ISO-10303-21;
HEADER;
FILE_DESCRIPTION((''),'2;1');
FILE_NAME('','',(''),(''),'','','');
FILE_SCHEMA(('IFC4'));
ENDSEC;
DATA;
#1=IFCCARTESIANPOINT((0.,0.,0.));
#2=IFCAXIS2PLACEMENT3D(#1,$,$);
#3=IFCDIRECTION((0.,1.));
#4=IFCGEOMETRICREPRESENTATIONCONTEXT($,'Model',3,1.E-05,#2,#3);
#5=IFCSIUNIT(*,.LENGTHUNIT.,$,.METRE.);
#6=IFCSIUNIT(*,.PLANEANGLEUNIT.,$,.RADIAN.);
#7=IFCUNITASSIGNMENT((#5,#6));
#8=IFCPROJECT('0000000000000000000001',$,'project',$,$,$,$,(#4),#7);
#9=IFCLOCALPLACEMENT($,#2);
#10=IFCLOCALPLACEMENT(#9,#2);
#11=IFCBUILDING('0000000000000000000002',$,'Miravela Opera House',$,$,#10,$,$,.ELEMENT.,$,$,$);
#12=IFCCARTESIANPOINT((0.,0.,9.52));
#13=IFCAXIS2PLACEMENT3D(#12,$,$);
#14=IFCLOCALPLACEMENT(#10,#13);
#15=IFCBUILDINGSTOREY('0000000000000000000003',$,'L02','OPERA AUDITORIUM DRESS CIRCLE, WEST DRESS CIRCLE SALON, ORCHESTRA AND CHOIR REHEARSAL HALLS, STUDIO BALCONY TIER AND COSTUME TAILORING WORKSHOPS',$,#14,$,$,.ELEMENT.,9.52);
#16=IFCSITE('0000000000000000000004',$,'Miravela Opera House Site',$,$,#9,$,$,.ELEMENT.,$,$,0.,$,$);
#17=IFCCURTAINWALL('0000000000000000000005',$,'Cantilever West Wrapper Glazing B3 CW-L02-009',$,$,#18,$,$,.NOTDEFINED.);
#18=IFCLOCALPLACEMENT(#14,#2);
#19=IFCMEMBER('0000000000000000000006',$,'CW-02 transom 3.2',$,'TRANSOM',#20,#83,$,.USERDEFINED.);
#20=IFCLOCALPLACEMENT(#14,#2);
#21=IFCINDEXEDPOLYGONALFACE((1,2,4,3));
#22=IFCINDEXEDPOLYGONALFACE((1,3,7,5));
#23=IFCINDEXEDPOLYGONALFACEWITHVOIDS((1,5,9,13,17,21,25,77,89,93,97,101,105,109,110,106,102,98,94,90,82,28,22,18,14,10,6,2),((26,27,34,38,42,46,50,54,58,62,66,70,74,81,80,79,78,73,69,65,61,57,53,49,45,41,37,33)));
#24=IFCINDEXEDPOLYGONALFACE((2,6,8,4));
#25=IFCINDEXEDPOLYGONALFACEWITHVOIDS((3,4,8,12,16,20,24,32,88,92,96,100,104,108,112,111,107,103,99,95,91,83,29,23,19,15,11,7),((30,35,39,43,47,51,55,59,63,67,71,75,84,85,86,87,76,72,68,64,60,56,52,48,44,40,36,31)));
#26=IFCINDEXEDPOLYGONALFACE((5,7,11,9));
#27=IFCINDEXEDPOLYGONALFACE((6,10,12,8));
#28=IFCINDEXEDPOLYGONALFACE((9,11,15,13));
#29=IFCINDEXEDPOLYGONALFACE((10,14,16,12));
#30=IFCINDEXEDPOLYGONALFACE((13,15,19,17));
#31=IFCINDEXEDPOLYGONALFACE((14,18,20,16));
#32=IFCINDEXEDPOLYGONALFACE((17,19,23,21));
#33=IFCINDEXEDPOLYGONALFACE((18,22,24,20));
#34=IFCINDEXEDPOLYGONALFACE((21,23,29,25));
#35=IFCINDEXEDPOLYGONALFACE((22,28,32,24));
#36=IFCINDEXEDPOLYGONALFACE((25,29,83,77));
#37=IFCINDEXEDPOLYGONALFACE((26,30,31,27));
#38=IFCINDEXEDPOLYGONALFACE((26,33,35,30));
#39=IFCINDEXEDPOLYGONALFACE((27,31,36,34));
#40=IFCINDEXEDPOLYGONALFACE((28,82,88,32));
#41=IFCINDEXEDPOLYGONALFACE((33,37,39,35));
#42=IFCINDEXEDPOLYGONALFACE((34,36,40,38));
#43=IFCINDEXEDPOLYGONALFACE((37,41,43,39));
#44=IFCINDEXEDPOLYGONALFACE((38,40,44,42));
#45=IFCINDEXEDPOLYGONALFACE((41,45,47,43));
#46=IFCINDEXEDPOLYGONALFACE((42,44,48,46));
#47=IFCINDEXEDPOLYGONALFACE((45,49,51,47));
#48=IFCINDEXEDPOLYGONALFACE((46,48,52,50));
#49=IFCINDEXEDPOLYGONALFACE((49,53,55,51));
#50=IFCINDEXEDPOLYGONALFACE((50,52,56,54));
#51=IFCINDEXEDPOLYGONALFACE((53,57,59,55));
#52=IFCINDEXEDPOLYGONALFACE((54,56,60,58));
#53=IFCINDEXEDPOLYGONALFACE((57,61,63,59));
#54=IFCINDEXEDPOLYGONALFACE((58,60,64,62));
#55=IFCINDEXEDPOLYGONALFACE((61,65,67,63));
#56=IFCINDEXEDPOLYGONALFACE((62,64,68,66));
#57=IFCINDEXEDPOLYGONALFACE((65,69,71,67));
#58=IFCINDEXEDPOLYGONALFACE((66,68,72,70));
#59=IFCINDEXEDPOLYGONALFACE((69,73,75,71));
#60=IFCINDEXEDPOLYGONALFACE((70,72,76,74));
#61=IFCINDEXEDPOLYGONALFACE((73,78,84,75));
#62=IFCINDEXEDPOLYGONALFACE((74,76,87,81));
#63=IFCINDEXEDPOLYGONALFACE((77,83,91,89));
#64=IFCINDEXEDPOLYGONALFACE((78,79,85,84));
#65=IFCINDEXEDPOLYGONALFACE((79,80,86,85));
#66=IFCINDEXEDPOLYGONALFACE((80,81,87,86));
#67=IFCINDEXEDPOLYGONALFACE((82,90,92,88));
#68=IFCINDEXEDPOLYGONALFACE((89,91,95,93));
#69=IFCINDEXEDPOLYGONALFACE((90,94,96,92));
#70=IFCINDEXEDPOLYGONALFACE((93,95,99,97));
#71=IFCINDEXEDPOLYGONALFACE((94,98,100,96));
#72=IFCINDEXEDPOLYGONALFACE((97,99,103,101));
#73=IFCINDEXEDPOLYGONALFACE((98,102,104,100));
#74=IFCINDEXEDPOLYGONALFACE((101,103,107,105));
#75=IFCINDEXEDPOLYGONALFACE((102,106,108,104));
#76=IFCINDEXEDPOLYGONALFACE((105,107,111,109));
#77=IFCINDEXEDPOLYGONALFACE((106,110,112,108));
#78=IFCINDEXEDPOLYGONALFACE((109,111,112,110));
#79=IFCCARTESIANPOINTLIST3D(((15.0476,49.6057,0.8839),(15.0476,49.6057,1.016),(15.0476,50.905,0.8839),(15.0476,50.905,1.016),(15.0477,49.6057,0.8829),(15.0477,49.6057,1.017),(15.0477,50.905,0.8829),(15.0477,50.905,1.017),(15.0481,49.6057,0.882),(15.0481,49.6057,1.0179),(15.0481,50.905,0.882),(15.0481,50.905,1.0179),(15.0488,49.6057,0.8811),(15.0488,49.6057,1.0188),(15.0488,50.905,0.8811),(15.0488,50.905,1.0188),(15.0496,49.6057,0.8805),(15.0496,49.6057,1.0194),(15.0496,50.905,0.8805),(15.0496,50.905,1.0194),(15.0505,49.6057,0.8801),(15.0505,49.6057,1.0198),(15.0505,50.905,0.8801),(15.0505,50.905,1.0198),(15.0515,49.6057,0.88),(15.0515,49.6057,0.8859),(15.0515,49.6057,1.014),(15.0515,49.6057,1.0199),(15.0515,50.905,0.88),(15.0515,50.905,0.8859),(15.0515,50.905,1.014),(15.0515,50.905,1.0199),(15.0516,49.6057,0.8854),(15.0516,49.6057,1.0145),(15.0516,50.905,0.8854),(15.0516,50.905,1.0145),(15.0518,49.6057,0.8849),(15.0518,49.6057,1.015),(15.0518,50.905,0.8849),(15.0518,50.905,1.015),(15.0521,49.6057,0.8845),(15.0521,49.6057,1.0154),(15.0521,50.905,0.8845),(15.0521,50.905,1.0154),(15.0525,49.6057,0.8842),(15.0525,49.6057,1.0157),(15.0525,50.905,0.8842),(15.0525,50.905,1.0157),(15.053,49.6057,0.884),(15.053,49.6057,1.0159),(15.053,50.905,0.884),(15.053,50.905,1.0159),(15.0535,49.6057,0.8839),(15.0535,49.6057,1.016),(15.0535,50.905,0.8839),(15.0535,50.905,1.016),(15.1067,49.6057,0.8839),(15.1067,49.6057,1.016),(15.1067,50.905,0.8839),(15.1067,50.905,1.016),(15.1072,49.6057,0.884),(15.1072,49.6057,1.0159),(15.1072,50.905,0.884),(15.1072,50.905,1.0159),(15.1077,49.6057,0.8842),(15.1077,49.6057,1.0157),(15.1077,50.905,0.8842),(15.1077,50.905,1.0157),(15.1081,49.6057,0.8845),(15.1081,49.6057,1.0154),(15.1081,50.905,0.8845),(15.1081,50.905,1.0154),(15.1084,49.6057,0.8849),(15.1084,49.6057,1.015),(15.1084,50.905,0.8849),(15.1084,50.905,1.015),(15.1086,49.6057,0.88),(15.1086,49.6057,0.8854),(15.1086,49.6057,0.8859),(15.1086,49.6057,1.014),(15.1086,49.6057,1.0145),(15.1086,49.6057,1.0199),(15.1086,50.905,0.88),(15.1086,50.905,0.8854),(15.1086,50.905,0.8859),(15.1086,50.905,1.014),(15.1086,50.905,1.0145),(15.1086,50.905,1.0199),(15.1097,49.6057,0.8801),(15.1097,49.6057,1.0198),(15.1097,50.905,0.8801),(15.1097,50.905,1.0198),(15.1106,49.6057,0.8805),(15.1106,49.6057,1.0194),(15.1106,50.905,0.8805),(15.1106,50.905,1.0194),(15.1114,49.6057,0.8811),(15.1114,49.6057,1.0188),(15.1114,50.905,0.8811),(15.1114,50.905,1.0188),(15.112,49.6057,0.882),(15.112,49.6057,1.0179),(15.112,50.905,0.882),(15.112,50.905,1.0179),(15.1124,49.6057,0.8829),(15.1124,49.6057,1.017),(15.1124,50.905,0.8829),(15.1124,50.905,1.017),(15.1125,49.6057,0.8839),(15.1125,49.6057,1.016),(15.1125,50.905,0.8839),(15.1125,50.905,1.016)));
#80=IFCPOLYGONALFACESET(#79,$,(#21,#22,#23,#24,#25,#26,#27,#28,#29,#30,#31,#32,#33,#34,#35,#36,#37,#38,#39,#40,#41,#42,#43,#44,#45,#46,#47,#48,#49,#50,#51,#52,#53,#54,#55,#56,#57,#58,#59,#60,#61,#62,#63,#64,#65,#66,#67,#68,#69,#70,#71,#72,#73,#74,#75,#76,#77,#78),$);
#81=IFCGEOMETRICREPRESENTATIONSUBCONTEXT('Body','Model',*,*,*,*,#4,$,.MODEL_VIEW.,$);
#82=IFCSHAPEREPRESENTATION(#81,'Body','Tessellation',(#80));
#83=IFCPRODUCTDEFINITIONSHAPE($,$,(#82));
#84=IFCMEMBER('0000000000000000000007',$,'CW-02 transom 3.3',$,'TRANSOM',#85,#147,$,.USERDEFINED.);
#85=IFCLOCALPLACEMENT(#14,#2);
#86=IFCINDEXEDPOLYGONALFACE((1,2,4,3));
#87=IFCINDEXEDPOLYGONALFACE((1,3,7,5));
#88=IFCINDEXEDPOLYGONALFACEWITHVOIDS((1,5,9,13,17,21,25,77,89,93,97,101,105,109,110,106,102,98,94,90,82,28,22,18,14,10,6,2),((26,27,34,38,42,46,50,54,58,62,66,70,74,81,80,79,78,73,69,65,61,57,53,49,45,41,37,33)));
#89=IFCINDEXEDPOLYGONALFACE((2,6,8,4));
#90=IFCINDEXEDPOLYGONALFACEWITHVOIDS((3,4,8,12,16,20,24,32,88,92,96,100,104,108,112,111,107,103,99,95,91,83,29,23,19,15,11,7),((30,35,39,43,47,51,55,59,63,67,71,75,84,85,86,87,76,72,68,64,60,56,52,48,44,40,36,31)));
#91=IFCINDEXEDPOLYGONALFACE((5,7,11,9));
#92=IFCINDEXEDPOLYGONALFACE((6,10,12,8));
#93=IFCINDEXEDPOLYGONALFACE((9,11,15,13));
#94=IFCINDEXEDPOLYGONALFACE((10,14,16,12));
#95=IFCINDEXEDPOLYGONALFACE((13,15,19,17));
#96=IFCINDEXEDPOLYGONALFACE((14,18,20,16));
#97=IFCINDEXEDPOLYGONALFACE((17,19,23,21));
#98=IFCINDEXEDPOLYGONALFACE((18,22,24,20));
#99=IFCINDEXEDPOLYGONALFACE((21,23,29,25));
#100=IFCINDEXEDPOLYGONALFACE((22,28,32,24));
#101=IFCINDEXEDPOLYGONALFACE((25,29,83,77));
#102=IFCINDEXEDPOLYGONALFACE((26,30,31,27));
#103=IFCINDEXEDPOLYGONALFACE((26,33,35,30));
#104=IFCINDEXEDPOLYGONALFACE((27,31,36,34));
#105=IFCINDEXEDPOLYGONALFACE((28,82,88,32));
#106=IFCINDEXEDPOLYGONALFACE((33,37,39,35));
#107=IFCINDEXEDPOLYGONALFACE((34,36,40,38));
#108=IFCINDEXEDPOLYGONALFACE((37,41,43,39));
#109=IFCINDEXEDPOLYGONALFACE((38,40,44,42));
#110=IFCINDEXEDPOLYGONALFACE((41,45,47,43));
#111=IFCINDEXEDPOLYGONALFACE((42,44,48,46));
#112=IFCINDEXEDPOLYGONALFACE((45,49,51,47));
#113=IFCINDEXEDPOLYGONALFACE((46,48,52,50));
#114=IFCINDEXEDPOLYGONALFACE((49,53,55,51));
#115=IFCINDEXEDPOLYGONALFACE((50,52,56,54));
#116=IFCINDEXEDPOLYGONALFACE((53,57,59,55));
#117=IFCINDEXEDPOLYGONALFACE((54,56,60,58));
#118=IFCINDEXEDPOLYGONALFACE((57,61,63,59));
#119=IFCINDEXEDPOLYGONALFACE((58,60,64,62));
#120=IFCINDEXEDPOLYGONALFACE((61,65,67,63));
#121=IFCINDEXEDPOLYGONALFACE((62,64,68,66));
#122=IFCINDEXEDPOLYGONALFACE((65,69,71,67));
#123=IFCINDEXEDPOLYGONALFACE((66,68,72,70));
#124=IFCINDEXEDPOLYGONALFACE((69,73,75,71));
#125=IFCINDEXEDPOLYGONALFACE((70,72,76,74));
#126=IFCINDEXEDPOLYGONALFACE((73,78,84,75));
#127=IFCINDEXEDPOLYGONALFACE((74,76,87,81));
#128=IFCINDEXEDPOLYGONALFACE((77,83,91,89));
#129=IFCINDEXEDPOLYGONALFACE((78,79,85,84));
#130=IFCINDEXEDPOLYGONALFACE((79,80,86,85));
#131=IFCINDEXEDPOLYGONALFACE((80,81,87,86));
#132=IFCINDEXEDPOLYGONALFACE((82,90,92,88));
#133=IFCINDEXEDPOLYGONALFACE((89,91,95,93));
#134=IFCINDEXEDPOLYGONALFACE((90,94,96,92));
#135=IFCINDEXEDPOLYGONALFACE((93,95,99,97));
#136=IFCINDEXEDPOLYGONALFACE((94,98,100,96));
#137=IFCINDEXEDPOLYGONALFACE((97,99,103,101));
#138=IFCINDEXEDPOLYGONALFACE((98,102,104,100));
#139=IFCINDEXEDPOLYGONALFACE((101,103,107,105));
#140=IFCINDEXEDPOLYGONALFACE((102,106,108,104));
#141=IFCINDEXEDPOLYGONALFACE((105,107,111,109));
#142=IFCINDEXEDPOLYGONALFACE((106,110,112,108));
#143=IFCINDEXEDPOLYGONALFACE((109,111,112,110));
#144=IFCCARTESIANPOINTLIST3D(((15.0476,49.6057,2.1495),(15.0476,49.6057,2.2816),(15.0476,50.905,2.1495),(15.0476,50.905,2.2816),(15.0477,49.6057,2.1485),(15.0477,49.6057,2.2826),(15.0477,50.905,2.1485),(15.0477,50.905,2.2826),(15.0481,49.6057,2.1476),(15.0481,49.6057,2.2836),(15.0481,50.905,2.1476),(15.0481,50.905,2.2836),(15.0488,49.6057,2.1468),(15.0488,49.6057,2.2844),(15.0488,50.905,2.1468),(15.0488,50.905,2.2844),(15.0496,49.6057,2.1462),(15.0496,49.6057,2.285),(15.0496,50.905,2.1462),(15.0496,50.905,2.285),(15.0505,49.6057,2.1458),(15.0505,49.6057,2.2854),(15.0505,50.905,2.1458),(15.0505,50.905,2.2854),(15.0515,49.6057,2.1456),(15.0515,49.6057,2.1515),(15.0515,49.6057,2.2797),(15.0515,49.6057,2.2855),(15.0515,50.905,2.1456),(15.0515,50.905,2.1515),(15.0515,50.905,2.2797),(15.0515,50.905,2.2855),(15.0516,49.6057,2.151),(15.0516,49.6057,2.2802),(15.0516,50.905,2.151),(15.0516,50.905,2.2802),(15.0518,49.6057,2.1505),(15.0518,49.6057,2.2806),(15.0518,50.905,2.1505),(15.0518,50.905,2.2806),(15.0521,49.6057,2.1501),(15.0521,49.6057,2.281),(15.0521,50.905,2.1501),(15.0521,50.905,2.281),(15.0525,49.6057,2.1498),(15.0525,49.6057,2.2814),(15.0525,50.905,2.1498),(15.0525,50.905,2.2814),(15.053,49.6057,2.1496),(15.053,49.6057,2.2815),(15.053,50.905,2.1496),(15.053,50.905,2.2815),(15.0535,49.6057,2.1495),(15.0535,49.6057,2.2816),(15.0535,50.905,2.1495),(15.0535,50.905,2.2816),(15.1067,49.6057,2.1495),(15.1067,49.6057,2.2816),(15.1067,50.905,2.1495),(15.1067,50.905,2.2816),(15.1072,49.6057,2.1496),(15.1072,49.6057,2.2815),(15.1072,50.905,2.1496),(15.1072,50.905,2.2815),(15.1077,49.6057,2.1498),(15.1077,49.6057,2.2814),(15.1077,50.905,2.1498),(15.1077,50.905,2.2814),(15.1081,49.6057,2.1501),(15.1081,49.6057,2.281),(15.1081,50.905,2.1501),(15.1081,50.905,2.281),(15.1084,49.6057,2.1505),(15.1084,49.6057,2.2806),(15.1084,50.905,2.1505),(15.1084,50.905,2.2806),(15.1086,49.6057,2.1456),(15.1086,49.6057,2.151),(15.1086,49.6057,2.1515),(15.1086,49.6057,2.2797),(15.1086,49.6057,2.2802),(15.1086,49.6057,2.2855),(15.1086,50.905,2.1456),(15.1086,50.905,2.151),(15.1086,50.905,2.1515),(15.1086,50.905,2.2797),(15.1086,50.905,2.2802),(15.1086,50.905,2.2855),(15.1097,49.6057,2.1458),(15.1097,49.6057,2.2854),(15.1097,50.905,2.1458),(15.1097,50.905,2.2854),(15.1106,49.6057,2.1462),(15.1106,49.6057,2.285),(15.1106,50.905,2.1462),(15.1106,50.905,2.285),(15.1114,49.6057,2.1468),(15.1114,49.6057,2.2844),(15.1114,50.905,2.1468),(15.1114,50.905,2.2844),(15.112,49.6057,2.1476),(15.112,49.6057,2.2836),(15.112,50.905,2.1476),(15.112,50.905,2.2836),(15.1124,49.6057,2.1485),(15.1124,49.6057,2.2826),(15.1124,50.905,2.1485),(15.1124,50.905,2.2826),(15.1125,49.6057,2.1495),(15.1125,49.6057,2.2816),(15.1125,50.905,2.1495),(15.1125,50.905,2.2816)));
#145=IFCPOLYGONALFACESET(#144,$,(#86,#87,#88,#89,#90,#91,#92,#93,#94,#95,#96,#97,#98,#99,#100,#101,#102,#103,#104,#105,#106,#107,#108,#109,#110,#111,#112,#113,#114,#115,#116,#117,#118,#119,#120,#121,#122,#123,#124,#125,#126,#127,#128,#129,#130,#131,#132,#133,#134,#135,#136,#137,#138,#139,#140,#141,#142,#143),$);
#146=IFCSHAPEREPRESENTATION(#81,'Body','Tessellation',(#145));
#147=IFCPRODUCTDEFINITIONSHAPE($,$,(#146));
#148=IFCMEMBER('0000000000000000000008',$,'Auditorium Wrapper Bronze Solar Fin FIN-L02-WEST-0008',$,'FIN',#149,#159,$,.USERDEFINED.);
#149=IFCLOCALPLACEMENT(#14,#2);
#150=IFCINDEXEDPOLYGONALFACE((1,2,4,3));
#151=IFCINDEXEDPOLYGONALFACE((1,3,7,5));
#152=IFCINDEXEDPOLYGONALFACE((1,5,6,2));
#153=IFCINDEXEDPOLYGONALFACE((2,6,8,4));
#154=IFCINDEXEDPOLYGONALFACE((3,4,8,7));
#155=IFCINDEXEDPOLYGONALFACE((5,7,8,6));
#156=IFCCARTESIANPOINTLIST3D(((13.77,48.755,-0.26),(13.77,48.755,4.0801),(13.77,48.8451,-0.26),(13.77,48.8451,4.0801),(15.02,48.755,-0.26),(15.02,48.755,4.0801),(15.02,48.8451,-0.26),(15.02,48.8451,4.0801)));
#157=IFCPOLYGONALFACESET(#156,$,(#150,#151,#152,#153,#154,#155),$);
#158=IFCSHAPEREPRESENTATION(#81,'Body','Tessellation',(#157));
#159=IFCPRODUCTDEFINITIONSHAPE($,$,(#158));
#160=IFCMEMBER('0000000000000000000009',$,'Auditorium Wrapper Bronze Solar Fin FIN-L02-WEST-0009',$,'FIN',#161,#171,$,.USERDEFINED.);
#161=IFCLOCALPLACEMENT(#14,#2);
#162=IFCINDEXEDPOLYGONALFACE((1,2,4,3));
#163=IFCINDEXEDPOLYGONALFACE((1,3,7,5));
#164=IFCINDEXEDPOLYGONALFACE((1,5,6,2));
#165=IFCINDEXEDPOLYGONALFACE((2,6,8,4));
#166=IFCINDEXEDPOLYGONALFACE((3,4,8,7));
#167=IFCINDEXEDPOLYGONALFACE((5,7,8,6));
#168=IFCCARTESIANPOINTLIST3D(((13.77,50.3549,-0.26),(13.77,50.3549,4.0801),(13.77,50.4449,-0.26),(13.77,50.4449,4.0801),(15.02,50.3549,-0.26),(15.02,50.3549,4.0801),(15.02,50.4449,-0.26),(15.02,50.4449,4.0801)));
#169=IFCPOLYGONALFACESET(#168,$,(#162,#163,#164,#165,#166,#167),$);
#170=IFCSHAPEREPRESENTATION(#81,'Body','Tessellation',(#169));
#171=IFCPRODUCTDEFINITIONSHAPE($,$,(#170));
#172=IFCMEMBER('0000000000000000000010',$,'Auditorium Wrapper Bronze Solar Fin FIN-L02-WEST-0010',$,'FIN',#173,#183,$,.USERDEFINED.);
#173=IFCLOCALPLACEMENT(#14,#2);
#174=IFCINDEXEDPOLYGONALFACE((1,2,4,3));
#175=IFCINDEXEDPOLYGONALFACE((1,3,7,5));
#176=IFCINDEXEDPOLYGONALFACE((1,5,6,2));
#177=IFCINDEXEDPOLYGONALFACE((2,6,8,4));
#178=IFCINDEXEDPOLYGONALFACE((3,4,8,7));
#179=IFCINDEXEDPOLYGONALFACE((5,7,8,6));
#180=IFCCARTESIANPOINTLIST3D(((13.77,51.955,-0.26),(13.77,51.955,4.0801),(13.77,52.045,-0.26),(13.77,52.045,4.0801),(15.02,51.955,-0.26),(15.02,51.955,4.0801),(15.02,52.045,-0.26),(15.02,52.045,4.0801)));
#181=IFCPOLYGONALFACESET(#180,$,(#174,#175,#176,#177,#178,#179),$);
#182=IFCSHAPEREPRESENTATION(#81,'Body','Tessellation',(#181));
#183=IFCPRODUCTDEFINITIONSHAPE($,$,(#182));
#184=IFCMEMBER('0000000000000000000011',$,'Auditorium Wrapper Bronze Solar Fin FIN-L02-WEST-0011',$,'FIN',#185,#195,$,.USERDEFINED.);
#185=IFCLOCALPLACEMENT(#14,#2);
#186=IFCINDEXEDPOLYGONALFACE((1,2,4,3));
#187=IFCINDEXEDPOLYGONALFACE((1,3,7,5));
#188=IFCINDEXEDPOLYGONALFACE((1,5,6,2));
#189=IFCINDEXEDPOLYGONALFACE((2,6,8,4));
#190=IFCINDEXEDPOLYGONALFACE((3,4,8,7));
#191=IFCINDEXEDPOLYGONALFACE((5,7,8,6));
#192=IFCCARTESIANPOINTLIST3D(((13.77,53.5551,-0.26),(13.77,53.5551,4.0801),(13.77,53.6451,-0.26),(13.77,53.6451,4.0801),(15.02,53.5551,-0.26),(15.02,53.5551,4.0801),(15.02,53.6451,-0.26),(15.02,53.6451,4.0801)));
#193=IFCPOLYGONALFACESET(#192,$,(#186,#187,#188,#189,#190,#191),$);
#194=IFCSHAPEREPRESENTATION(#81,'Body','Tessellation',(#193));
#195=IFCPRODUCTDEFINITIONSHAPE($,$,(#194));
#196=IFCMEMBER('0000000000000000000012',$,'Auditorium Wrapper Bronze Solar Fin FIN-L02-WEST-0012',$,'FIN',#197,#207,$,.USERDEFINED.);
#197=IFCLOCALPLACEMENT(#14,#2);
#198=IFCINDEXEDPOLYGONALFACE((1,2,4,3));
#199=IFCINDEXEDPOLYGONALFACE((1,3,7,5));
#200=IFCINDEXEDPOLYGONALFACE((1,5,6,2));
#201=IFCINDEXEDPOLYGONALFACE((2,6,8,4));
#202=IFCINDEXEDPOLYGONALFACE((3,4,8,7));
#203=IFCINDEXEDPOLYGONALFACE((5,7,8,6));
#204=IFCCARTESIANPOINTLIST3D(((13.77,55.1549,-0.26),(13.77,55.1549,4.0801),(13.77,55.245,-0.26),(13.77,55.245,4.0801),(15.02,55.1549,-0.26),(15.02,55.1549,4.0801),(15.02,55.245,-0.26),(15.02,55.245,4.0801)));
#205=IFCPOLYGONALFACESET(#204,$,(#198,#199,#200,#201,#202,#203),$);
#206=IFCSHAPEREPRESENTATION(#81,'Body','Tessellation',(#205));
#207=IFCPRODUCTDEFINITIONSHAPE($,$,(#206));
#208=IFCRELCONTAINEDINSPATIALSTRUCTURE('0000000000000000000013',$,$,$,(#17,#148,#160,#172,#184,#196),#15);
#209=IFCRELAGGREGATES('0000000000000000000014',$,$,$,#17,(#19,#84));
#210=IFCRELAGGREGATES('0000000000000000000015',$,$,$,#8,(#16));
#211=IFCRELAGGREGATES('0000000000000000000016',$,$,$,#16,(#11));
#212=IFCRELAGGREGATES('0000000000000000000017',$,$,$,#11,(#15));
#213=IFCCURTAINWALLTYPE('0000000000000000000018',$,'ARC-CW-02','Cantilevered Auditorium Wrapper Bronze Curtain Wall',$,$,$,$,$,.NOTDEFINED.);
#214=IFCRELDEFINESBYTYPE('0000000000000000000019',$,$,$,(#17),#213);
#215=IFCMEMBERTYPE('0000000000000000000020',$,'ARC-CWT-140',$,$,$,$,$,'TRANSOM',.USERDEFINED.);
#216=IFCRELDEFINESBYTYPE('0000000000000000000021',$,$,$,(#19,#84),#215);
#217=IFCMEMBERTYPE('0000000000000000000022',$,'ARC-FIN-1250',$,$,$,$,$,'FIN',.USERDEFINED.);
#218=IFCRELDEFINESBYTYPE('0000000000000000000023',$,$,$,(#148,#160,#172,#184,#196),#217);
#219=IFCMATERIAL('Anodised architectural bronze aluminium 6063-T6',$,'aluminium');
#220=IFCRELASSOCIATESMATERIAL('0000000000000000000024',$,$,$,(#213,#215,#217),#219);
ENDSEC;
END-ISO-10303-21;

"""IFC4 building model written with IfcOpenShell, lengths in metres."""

from ifc_helpers import new_model, si_unit, direction, frame, origin, origin_2d, place, context, subcontext, project, spatial, rectangle, hollow_rectangle, extrude, material, material_profile, profile_set, type_object, element, aggregate, save


model = new_model("IFC4")

# Units and contexts
model_context = context("Model", 3, precision=1e-05, world=origin(), true_north=direction((0.0, 1.0)))
body_context = subcontext(model_context, "Body", "Model", "MODEL_VIEW")
ifc_project = project(units=[si_unit("LENGTHUNIT", "METRE"), si_unit("PLANEANGLEUNIT", "RADIAN")], contexts=[model_context])

# Site, building, storey
site_placement = place(None, origin())
site = spatial("IfcSite", under=ifc_project, at=site_placement, Name="Miravela Opera House Site", CompositionType="ELEMENT", RefElevation=0.0)
building_placement = place(site_placement, origin())
building = spatial("IfcBuilding", under=site, at=building_placement, Name="Miravela Opera House", CompositionType="ELEMENT")
storey_placement = place(building_placement, frame((0.0, 0.0, 9.52)))
storey = spatial("IfcBuildingStorey", under=building, at=storey_placement, Name="L02", Description="OPERA AUDITORIUM DRESS CIRCLE, WEST DRESS CIRCLE SALON, ORCHESTRA AND CHOIR REHEARSAL HALLS, STUDIO BALCONY TIER AND COSTUME TAILORING WORKSHOPS", CompositionType="ELEMENT", Elevation=9.52)

# Curtain wall, members
ifc_material_1 = material(Name="Anodised architectural bronze aluminium 6063-T6", Category="aluminium")
curtain_wall_type = type_object("IfcCurtainWallType", Name="ARC-CW-02", Description="Cantilevered Auditorium Wrapper Bronze Curtain Wall", PredefinedType="NOTDEFINED", material=ifc_material_1)
curtain_wall_placement = place(storey_placement, origin())
curtain_wall = element("IfcCurtainWall", 1, at=curtain_wall_placement, inside=storey, type_object=curtain_wall_type, Name="Cantilever West Wrapper Glazing B3 CW-L02-009", PredefinedType="NOTDEFINED")
ifc_material_profile_1 = material_profile(ifc_material_1, hollow_rectangle(XDim=0.0649, YDim=0.1399, WallThickness=0.0039, InnerFilletRadius=0.002, OuterFilletRadius=0.0039, at=origin_2d()), Name="CWT-65X140")
ifc_profile_set_1 = profile_set([ifc_material_profile_1])
member_type_1 = type_object("IfcMemberType", Name="ARC-CWT-140", ElementType="TRANSOM", PredefinedType="USERDEFINED", material=ifc_profile_set_1)
member_1_placement = place(storey_placement, frame((15.0801, 49.6057, 0.95), z_axis=(0.0, 1.0, 0.0), x_axis=(-1.0, 0.0, 0.0)))
member_1 = element("IfcMember", 2, at=member_1_placement, type_object=member_type_1, Name="CW-02 transom 3.2", ObjectType="TRANSOM", PredefinedType="USERDEFINED", context=body_context, shape_type="SweptSolid", body=[
    extrude(hollow_rectangle(XDim=0.0649, YDim=0.1399, WallThickness=0.0039, InnerFilletRadius=0.002, OuterFilletRadius=0.0039, at=origin_2d()), origin(), (0.0, 0.0, 1.0), 1.2993),
])
member_2_placement = place(storey_placement, frame((15.0801, 49.6057, 2.2156), z_axis=(0.0, 1.0, 0.0), x_axis=(-1.0, 0.0, 0.0)))
member_2 = element("IfcMember", 3, at=member_2_placement, type_object=member_type_1, Name="CW-02 transom 3.3", ObjectType="TRANSOM", PredefinedType="USERDEFINED", context=body_context, shape_type="SweptSolid", body=[
    extrude(hollow_rectangle(XDim=0.0649, YDim=0.1399, WallThickness=0.0039, InnerFilletRadius=0.002, OuterFilletRadius=0.0039, at=origin_2d()), origin(), (0.0, 0.0, 1.0), 1.2993),
])

# Members
ifc_material_profile_2 = material_profile(ifc_material_1, rectangle(XDim=0.0901, YDim=1.25, at=origin_2d()), Name="FIN-1250X90")
ifc_profile_set_2 = profile_set([ifc_material_profile_2])
member_type_2 = type_object("IfcMemberType", Name="ARC-FIN-1250", ElementType="FIN", PredefinedType="USERDEFINED", material=ifc_profile_set_2)
for number, where, z_axis, x_axis, name in (
    (4, (14.395, 48.8, -0.26), (0.0, 0.0, 1.0), (0.0, 1.0, 0.0), "Auditorium Wrapper Bronze Solar Fin FIN-L02-WEST-0008"),
    (5, (14.395, 50.3999, -0.26), (0.0, 0.0, 1.0), (0.0, 1.0, 0.0), "Auditorium Wrapper Bronze Solar Fin FIN-L02-WEST-0009"),
    (6, (14.395, 52.0, -0.26), (0.0, 0.0, 1.0), (0.0, 1.0, 0.0), "Auditorium Wrapper Bronze Solar Fin FIN-L02-WEST-0010"),
    (7, (14.395, 53.6001, -0.26), (0.0, 0.0, 1.0), (0.0, 1.0, 0.0), "Auditorium Wrapper Bronze Solar Fin FIN-L02-WEST-0011"),
    (8, (14.395, 55.2, -0.26), (0.0, 0.0, 1.0), (0.0, 1.0, 0.0), "Auditorium Wrapper Bronze Solar Fin FIN-L02-WEST-0012"),
):
    element("IfcMember", number, at=place(storey_placement, frame(where, z_axis=z_axis, x_axis=x_axis)), inside=storey, type_object=member_type_2, Name=name, ObjectType="FIN", PredefinedType="USERDEFINED", context=body_context, shape_type="SweptSolid", body=[
        extrude(rectangle(XDim=0.0901, YDim=1.25, at=origin_2d()), origin(), (0.0, 0.0, 1.0), 4.3401),
    ])

aggregate(curtain_wall, [member_1, member_2])

save(model, "model.ifc")
